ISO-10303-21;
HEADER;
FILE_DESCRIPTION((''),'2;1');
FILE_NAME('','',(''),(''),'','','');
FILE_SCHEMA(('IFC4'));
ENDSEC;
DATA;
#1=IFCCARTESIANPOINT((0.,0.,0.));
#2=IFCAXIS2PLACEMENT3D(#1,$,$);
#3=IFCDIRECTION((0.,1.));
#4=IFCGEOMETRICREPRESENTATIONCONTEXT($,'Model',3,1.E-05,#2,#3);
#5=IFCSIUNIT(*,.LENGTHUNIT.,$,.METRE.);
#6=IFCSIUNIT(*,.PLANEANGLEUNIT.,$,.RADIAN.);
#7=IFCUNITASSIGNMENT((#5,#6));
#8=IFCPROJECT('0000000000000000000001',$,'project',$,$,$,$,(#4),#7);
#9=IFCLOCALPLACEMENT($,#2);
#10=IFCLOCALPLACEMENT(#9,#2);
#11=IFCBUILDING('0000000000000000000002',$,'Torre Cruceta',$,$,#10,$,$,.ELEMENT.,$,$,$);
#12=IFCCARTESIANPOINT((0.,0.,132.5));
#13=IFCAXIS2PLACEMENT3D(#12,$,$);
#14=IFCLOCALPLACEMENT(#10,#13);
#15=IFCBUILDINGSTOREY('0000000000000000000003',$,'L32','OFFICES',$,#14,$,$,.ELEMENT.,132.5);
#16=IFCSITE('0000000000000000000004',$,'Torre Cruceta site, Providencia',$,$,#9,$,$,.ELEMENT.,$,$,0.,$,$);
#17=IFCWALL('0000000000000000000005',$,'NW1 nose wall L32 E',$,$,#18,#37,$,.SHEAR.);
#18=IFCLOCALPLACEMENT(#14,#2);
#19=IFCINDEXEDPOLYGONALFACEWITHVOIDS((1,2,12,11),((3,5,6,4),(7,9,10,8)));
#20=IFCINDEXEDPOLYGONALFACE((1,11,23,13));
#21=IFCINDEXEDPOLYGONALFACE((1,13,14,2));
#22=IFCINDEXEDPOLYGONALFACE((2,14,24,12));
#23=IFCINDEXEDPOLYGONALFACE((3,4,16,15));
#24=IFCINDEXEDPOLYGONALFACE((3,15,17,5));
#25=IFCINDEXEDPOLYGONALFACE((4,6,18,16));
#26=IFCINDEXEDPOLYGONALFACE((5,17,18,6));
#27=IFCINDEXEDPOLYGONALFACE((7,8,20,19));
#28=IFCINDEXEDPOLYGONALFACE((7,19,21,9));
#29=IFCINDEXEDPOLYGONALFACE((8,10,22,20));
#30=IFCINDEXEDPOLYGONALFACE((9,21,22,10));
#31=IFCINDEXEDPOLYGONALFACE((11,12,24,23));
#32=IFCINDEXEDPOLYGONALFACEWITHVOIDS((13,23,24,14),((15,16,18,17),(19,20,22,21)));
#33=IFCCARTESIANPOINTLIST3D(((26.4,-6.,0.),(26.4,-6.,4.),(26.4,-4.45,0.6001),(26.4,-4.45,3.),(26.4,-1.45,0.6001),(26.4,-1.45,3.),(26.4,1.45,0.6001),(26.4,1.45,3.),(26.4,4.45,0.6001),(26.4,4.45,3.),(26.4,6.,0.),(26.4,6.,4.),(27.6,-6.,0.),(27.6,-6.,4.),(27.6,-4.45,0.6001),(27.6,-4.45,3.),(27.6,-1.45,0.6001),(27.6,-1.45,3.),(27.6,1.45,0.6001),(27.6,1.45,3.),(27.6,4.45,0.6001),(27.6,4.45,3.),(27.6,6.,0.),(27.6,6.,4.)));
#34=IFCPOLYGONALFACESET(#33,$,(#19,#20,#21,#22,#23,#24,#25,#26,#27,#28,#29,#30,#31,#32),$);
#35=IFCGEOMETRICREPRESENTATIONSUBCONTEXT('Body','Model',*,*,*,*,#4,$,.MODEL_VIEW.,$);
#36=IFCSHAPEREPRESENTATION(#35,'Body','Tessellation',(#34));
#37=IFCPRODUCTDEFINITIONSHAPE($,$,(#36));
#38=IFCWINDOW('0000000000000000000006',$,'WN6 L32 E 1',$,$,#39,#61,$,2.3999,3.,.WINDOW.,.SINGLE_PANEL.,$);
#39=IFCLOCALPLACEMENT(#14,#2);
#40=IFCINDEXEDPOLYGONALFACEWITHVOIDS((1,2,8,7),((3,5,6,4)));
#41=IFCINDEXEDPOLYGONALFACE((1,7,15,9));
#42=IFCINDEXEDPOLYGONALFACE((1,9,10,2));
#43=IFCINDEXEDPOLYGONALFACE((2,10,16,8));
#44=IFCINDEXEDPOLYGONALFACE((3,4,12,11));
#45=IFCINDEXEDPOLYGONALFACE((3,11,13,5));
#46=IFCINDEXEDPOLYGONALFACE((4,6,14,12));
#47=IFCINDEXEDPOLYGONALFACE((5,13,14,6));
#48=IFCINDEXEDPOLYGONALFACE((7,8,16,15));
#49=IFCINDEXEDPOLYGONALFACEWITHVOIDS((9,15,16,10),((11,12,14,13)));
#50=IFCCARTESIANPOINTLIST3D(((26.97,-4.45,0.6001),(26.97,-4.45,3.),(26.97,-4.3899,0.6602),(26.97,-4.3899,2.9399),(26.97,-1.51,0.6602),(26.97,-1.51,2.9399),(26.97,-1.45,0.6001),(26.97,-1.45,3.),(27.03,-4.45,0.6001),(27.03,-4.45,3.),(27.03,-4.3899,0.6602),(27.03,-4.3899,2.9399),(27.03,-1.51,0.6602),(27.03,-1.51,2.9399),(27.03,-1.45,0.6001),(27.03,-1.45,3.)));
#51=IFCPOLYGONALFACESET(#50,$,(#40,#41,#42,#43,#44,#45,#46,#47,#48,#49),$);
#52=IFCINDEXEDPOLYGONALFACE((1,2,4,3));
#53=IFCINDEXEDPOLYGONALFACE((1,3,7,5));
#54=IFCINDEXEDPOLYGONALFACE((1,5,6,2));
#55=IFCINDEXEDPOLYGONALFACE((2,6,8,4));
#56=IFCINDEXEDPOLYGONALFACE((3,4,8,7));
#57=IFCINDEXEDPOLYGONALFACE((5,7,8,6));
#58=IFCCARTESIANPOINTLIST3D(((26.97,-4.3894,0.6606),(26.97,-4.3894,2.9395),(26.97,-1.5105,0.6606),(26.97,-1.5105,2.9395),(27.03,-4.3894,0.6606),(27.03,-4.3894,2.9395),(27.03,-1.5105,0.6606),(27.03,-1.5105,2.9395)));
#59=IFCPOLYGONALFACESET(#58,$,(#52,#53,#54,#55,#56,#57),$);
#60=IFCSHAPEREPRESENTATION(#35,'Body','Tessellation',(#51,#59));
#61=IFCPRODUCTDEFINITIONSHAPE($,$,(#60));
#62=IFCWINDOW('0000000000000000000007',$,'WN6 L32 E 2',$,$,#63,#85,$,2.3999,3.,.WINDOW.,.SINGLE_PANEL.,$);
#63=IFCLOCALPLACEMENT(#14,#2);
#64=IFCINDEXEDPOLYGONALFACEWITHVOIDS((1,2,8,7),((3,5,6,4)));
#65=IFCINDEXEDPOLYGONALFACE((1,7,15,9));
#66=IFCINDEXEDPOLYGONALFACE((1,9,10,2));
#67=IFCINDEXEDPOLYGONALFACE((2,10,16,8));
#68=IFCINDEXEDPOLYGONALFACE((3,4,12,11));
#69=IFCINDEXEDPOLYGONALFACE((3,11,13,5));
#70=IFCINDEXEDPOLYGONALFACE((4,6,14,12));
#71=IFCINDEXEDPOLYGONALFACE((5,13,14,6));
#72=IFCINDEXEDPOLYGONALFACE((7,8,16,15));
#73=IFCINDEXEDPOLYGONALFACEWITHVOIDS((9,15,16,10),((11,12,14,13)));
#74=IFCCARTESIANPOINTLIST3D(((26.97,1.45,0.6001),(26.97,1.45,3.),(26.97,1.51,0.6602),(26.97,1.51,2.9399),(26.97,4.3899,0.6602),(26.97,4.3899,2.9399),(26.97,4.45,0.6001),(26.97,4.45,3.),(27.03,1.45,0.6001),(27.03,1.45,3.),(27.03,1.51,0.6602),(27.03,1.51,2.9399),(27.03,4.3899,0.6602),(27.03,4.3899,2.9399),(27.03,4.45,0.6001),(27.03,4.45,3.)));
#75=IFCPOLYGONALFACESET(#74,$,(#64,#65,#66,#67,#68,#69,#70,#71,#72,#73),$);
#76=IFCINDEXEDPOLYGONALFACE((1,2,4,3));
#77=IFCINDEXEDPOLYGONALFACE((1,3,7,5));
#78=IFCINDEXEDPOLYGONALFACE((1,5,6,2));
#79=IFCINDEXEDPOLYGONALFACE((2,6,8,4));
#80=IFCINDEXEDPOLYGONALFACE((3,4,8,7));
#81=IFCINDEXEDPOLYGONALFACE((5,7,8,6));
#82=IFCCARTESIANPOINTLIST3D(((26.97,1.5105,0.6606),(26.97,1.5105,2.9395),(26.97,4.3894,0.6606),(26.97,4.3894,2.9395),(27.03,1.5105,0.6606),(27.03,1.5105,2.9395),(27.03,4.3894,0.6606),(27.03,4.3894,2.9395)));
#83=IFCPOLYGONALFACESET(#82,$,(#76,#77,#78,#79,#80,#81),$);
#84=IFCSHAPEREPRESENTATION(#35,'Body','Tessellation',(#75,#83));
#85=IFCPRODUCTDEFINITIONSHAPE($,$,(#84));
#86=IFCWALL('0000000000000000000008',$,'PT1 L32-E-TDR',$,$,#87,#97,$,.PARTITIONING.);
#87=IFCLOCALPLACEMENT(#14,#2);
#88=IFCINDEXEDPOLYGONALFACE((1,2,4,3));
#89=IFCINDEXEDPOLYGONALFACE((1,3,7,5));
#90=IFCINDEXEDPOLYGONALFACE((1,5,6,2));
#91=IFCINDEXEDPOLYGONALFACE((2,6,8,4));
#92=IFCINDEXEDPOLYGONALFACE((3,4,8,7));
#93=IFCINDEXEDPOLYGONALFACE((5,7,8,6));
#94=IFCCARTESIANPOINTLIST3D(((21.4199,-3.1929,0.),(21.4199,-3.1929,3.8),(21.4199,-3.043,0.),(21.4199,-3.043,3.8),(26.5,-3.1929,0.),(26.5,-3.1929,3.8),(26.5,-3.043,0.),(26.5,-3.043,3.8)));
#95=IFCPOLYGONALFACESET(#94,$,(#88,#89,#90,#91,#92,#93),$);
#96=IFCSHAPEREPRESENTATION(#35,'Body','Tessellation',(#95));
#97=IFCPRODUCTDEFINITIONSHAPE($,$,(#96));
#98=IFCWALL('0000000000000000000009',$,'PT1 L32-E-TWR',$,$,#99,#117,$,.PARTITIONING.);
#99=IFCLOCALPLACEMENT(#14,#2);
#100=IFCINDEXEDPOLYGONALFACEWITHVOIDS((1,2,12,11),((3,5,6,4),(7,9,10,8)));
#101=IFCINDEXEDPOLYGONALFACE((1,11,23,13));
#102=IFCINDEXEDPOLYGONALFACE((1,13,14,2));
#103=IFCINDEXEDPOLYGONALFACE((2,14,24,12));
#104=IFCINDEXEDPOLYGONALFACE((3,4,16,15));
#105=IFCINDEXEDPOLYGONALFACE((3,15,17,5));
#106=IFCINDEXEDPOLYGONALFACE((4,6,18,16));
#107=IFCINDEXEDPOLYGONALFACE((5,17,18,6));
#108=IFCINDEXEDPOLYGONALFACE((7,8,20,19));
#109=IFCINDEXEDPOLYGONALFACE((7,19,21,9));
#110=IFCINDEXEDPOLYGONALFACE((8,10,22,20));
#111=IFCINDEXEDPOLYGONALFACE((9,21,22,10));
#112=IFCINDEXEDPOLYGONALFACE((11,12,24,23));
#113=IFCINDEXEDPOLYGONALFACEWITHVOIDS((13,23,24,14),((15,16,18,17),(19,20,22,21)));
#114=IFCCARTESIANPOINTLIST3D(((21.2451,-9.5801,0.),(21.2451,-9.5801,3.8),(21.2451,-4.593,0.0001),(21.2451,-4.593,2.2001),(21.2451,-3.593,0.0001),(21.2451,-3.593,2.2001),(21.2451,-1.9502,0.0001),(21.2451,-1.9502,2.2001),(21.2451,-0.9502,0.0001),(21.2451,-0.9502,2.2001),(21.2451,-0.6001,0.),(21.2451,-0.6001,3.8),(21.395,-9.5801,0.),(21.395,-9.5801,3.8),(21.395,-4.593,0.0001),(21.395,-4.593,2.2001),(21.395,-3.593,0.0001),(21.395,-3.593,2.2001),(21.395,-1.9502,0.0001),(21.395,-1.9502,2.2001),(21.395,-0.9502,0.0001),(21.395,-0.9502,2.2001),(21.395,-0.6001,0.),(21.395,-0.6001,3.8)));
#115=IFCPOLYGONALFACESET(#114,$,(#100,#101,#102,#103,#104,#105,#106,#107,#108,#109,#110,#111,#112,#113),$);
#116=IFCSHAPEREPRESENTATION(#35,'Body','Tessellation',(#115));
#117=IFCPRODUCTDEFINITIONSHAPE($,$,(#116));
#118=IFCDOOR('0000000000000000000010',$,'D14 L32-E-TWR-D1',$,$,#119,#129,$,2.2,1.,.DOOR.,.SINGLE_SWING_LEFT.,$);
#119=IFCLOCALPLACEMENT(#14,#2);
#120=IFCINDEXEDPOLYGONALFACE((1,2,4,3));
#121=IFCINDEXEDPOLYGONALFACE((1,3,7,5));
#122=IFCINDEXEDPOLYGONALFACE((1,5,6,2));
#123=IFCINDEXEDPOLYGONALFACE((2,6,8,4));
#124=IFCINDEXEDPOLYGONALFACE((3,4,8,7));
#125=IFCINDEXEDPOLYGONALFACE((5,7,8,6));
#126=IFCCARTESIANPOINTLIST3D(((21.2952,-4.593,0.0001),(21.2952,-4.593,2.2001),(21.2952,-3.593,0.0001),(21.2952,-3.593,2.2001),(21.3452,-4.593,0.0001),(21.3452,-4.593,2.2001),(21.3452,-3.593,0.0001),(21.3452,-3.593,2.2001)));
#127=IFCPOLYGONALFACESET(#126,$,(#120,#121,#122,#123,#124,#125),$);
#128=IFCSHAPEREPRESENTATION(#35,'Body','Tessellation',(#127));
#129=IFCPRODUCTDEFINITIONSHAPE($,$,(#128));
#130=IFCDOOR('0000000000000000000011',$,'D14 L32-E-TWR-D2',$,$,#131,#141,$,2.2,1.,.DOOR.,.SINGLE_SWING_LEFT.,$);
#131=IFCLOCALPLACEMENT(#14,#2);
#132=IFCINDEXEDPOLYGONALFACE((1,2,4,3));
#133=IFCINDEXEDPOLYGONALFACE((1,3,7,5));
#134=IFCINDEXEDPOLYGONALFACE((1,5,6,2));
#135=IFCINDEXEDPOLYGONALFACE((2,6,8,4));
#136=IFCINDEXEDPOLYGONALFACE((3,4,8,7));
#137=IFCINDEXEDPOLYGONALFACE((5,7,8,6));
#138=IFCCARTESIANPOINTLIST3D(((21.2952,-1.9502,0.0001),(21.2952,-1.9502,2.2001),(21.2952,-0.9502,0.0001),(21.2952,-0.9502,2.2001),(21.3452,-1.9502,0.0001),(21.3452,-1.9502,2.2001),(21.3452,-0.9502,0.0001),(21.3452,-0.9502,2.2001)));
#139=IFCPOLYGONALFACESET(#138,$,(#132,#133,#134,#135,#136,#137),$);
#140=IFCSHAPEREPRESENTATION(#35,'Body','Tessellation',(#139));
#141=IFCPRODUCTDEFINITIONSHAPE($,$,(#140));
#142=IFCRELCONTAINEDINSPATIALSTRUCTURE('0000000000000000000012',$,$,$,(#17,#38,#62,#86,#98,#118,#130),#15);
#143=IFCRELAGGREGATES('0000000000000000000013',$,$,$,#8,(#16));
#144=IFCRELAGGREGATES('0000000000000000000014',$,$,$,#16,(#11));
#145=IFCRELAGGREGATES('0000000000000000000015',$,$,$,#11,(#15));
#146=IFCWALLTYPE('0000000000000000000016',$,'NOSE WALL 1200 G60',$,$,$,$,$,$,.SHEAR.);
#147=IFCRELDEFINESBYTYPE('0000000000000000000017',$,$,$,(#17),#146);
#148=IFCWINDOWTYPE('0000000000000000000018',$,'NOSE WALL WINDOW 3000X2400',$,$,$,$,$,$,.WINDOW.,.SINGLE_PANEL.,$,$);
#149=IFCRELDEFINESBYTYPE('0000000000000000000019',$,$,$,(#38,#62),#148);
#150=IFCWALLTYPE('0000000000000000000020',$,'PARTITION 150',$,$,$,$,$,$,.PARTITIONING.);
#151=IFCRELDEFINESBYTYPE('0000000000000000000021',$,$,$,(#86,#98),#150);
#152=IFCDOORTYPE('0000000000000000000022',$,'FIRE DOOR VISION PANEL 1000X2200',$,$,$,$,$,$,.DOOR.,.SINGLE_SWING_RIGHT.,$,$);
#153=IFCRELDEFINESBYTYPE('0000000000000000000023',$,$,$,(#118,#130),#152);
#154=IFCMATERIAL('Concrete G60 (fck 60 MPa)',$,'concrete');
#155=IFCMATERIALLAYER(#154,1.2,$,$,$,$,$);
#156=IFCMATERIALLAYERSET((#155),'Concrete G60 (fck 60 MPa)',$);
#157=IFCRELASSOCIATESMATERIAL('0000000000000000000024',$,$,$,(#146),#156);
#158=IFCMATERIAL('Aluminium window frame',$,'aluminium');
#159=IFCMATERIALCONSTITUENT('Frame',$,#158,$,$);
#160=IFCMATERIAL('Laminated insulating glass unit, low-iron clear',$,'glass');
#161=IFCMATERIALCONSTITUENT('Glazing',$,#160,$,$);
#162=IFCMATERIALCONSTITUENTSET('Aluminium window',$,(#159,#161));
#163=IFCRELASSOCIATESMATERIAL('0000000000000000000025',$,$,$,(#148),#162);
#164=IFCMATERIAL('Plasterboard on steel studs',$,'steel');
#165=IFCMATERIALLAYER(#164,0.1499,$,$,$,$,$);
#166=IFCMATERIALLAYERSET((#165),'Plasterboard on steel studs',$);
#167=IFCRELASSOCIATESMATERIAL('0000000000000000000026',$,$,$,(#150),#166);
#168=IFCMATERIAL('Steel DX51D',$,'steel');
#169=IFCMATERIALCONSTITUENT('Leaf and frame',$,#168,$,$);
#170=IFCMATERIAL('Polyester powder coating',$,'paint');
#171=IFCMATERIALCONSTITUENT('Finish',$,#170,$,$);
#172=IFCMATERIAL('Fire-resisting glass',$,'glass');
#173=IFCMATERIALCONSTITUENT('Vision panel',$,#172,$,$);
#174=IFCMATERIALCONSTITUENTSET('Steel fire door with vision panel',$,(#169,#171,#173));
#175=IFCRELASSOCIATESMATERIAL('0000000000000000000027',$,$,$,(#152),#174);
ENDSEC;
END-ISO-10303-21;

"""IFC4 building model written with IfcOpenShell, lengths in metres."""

from ifc_helpers import new_model, si_unit, direction, frame, frame_2d, origin, place, context, subcontext, project, spatial, rectangle, hollow_rectangle, extrude, material, layer, layer_set, constituent, constituent_set, type_object, element, fill, save


model = new_model("IFC4")

# Units and contexts
model_context = context("Model", 3, precision=1e-05, world=origin(), true_north=direction((0.0, 1.0)))
body_context = subcontext(model_context, "Body", "Model", "MODEL_VIEW")
ifc_project = project(units=[si_unit("LENGTHUNIT", "METRE"), si_unit("PLANEANGLEUNIT", "RADIAN")], contexts=[model_context])

# Site, building, storey
site_placement = place(None, origin())
site = spatial("IfcSite", under=ifc_project, at=site_placement, Name="Torre Cruceta site, Providencia", CompositionType="ELEMENT", RefElevation=0.0)
building_placement = place(site_placement, origin())
building = spatial("IfcBuilding", under=site, at=building_placement, Name="Torre Cruceta", CompositionType="ELEMENT")
storey_placement = place(building_placement, frame((0.0, 0.0, 132.5)))
storey = spatial("IfcBuildingStorey", under=building, at=storey_placement, Name="L32", Description="OFFICES", CompositionType="ELEMENT", Elevation=132.5)

# Wall, openings, windows
ifc_material_1 = material(Name="Concrete G60 (fck 60 MPa)", Category="concrete")
ifc_layer_1 = layer(ifc_material_1, 1.2)
ifc_layer_set_1 = layer_set([ifc_layer_1], Name="Concrete G60 (fck 60 MPa)")
wall_type_1 = type_object("IfcWallType", Name="NOSE WALL 1200 G60", PredefinedType="SHEAR", material=ifc_layer_set_1)
wall_1_placement = place(storey_placement, frame((27.0, -6.0, 0.0), z_axis=(0.0, 0.0, 1.0), x_axis=(0.0, 1.0, 0.0)))
wall_1 = element("IfcWall", 1, at=wall_1_placement, inside=storey, type_object=wall_type_1, Name="NW1 nose wall L32 E", PredefinedType="SHEAR", context=body_context, shape_type="SweptSolid", body=[
    extrude(rectangle(XDim=12.0, YDim=1.2, at=frame_2d((6.0, 0.0))), origin(), (0.0, 0.0, 1.0), 4.0),
])
opening_1_placement = place(wall_1_placement, frame((1.55, 0.0, 0.6001)))
opening_1 = element("IfcOpeningElement", 2, at=opening_1_placement, cuts=wall_1, PredefinedType="OPENING", context=body_context, shape_type="SweptSolid", body=[
    extrude(rectangle(XDim=3.0, YDim=2.3999, at=frame_2d((1.5, 1.2))), frame((0.0, 0.6099, 0.0), z_axis=(0.0, -1.0, 0.0), x_axis=(1.0, 0.0, 0.0)), (0.0, 0.0, 1.0), 1.22),
])
opening_2_placement = place(wall_1_placement, frame((7.45, 0.0, 0.6001)))
opening_2 = element("IfcOpeningElement", 3, at=opening_2_placement, cuts=wall_1, PredefinedType="OPENING", context=body_context, shape_type="SweptSolid", body=[
    extrude(rectangle(XDim=3.0, YDim=2.3999, at=frame_2d((1.5, 1.2))), frame((0.0, 0.6099, 0.0), z_axis=(0.0, -1.0, 0.0), x_axis=(1.0, 0.0, 0.0)), (0.0, 0.0, 1.0), 1.22),
])
ifc_material_2 = material(Name="Aluminium window frame", Category="aluminium")
ifc_constituent_1 = constituent(ifc_material_2, Name="Frame")
ifc_material_3 = material(Name="Laminated insulating glass unit, low-iron clear", Category="glass")
ifc_constituent_2 = constituent(ifc_material_3, Name="Glazing")
ifc_constituent_set_1 = constituent_set(constituents=[ifc_constituent_1, ifc_constituent_2], Name="Aluminium window")
window_type_1 = type_object("IfcWindowType", Name="NOSE WALL WINDOW 3000X2400", PartitioningType="SINGLE_PANEL", PredefinedType="WINDOW", material=ifc_constituent_set_1)
window_1_placement = place(opening_1_placement, origin())
window_1 = element("IfcWindow", 4, at=window_1_placement, inside=storey, type_object=window_type_1, Name="WN6 L32 E 1", OverallHeight=2.3999, OverallWidth=3.0, PartitioningType="SINGLE_PANEL", PredefinedType="WINDOW", context=body_context, shape_type="SweptSolid", body=[
    extrude(hollow_rectangle(XDim=3.0, YDim=2.3999, WallThickness=0.0601, at=frame_2d((1.5, 1.2))), frame((0.0, 0.03, 0.0), z_axis=(0.0, -1.0, 0.0), x_axis=(1.0, 0.0, 0.0)), (0.0, 0.0, 1.0), 0.0601),
    extrude(rectangle(XDim=2.8789, YDim=2.2788, at=frame_2d((1.5, 1.2))), frame((0.0, 0.03, 0.0), z_axis=(0.0, -1.0, 0.0), x_axis=(1.0, 0.0, 0.0)), (0.0, 0.0, 1.0), 0.0601),
])
fill(opening_1, window_1)
window_2_placement = place(opening_2_placement, origin())
window_2 = element("IfcWindow", 5, at=window_2_placement, inside=storey, type_object=window_type_1, Name="WN6 L32 E 2", OverallHeight=2.3999, OverallWidth=3.0, PartitioningType="SINGLE_PANEL", PredefinedType="WINDOW", context=body_context, shape_type="SweptSolid", body=[
    extrude(hollow_rectangle(XDim=3.0, YDim=2.3999, WallThickness=0.0601, at=frame_2d((1.5, 1.2))), frame((0.0, 0.03, 0.0), z_axis=(0.0, -1.0, 0.0), x_axis=(1.0, 0.0, 0.0)), (0.0, 0.0, 1.0), 0.0601),
    extrude(rectangle(XDim=2.8789, YDim=2.2788, at=frame_2d((1.5, 1.2))), frame((0.0, 0.03, 0.0), z_axis=(0.0, -1.0, 0.0), x_axis=(1.0, 0.0, 0.0)), (0.0, 0.0, 1.0), 0.0601),
])
fill(opening_2, window_2)

# Wall
ifc_material_4 = material(Name="Plasterboard on steel studs", Category="steel")
ifc_layer_2 = layer(ifc_material_4, 0.1499)
ifc_layer_set_2 = layer_set([ifc_layer_2], Name="Plasterboard on steel studs")
wall_type_2 = type_object("IfcWallType", Name="PARTITION 150", PredefinedType="PARTITIONING", material=ifc_layer_set_2)
wall_2_placement = place(storey_placement, frame((21.4199, -3.1179, 0.0), z_axis=(0.0, 0.0, 1.0), x_axis=(1.0, 0.0, 0.0)))
element("IfcWall", 6, at=wall_2_placement, inside=storey, type_object=wall_type_2, Name="PT1 L32-E-TDR", PredefinedType="PARTITIONING", context=body_context, shape_type="SweptSolid", body=[
    extrude(rectangle(XDim=5.0801, YDim=0.1499, at=frame_2d((2.54, 0.0))), origin(), (0.0, 0.0, 1.0), 3.8),
])

# Wall, openings, doors
wall_3_placement = place(storey_placement, frame((21.3201, -9.5801, 0.0), z_axis=(0.0, 0.0, 1.0), x_axis=(0.0, 1.0, 0.0)))
wall_3 = element("IfcWall", 7, at=wall_3_placement, inside=storey, type_object=wall_type_2, Name="PT1 L32-E-TWR", PredefinedType="PARTITIONING", context=body_context, shape_type="SweptSolid", body=[
    extrude(rectangle(XDim=8.98, YDim=0.1499, at=frame_2d((4.49, 0.0))), origin(), (0.0, 0.0, 1.0), 3.8),
])
opening_3_placement = place(wall_3_placement, frame((4.9871, 0.0, 0.0)))
opening_3 = element("IfcOpeningElement", 8, at=opening_3_placement, cuts=wall_3, PredefinedType="OPENING", context=body_context, shape_type="SweptSolid", body=[
    extrude(rectangle(XDim=1.0, YDim=2.2, at=frame_2d((0.5, 1.1001))), frame((0.0, 0.085, 0.0), z_axis=(0.0, -1.0, 0.0), x_axis=(1.0, 0.0, 0.0)), (0.0, 0.0, 1.0), 0.1699),
])
opening_4_placement = place(wall_3_placement, frame((7.6299, 0.0, 0.0)))
opening_4 = element("IfcOpeningElement", 9, at=opening_4_placement, cuts=wall_3, PredefinedType="OPENING", context=body_context, shape_type="SweptSolid", body=[
    extrude(rectangle(XDim=1.0, YDim=2.2, at=frame_2d((0.5, 1.1001))), frame((0.0, 0.085, 0.0), z_axis=(0.0, -1.0, 0.0), x_axis=(1.0, 0.0, 0.0)), (0.0, 0.0, 1.0), 0.1699),
])
ifc_material_5 = material(Name="Steel DX51D", Category="steel")
ifc_constituent_3 = constituent(ifc_material_5, Name="Leaf and frame")
ifc_material_6 = material(Name="Polyester powder coating", Category="paint")
ifc_constituent_4 = constituent(ifc_material_6, Name="Finish")
ifc_material_7 = material(Name="Fire-resisting glass", Category="glass")
ifc_constituent_5 = constituent(ifc_material_7, Name="Vision panel")
ifc_constituent_set_2 = constituent_set(constituents=[ifc_constituent_3, ifc_constituent_4, ifc_constituent_5], Name="Steel fire door with vision panel")
door_type = type_object("IfcDoorType", Name="FIRE DOOR VISION PANEL 1000X2200", OperationType="SINGLE_SWING_RIGHT", PredefinedType="DOOR", material=ifc_constituent_set_2)
door_1_placement = place(opening_3_placement, frame((1.0, 0.0, 0.0), z_axis=(0.0, 0.0, 1.0), x_axis=(-1.0, 0.0, 0.0)))
door_1 = element("IfcDoor", 10, at=door_1_placement, inside=storey, type_object=door_type, Name="D14 L32-E-TWR-D1", OperationType="SINGLE_SWING_LEFT", OverallHeight=2.2, OverallWidth=1.0, PredefinedType="DOOR", context=body_context, shape_type="SweptSolid", body=[
    extrude(rectangle(XDim=1.0, YDim=2.2, at=frame_2d((0.5, 1.1001))), frame((0.0, 0.0251, 0.0), z_axis=(0.0, -1.0, 0.0), x_axis=(1.0, 0.0, 0.0)), (0.0, 0.0, 1.0), 0.05),
])
fill(opening_3, door_1)
door_2_placement = place(opening_4_placement, frame((1.0, 0.0, 0.0), z_axis=(0.0, 0.0, 1.0), x_axis=(-1.0, 0.0, 0.0)))
door_2 = element("IfcDoor", 11, at=door_2_placement, inside=storey, type_object=door_type, Name="D14 L32-E-TWR-D2", OperationType="SINGLE_SWING_LEFT", OverallHeight=2.2, OverallWidth=1.0, PredefinedType="DOOR", context=body_context, shape_type="SweptSolid", body=[
    extrude(rectangle(XDim=1.0, YDim=2.2, at=frame_2d((0.5, 1.1001))), frame((0.0, 0.0251, 0.0), z_axis=(0.0, -1.0, 0.0), x_axis=(1.0, 0.0, 0.0)), (0.0, 0.0, 1.0), 0.05),
])
fill(opening_4, door_2)

save(model, "model.ifc")
